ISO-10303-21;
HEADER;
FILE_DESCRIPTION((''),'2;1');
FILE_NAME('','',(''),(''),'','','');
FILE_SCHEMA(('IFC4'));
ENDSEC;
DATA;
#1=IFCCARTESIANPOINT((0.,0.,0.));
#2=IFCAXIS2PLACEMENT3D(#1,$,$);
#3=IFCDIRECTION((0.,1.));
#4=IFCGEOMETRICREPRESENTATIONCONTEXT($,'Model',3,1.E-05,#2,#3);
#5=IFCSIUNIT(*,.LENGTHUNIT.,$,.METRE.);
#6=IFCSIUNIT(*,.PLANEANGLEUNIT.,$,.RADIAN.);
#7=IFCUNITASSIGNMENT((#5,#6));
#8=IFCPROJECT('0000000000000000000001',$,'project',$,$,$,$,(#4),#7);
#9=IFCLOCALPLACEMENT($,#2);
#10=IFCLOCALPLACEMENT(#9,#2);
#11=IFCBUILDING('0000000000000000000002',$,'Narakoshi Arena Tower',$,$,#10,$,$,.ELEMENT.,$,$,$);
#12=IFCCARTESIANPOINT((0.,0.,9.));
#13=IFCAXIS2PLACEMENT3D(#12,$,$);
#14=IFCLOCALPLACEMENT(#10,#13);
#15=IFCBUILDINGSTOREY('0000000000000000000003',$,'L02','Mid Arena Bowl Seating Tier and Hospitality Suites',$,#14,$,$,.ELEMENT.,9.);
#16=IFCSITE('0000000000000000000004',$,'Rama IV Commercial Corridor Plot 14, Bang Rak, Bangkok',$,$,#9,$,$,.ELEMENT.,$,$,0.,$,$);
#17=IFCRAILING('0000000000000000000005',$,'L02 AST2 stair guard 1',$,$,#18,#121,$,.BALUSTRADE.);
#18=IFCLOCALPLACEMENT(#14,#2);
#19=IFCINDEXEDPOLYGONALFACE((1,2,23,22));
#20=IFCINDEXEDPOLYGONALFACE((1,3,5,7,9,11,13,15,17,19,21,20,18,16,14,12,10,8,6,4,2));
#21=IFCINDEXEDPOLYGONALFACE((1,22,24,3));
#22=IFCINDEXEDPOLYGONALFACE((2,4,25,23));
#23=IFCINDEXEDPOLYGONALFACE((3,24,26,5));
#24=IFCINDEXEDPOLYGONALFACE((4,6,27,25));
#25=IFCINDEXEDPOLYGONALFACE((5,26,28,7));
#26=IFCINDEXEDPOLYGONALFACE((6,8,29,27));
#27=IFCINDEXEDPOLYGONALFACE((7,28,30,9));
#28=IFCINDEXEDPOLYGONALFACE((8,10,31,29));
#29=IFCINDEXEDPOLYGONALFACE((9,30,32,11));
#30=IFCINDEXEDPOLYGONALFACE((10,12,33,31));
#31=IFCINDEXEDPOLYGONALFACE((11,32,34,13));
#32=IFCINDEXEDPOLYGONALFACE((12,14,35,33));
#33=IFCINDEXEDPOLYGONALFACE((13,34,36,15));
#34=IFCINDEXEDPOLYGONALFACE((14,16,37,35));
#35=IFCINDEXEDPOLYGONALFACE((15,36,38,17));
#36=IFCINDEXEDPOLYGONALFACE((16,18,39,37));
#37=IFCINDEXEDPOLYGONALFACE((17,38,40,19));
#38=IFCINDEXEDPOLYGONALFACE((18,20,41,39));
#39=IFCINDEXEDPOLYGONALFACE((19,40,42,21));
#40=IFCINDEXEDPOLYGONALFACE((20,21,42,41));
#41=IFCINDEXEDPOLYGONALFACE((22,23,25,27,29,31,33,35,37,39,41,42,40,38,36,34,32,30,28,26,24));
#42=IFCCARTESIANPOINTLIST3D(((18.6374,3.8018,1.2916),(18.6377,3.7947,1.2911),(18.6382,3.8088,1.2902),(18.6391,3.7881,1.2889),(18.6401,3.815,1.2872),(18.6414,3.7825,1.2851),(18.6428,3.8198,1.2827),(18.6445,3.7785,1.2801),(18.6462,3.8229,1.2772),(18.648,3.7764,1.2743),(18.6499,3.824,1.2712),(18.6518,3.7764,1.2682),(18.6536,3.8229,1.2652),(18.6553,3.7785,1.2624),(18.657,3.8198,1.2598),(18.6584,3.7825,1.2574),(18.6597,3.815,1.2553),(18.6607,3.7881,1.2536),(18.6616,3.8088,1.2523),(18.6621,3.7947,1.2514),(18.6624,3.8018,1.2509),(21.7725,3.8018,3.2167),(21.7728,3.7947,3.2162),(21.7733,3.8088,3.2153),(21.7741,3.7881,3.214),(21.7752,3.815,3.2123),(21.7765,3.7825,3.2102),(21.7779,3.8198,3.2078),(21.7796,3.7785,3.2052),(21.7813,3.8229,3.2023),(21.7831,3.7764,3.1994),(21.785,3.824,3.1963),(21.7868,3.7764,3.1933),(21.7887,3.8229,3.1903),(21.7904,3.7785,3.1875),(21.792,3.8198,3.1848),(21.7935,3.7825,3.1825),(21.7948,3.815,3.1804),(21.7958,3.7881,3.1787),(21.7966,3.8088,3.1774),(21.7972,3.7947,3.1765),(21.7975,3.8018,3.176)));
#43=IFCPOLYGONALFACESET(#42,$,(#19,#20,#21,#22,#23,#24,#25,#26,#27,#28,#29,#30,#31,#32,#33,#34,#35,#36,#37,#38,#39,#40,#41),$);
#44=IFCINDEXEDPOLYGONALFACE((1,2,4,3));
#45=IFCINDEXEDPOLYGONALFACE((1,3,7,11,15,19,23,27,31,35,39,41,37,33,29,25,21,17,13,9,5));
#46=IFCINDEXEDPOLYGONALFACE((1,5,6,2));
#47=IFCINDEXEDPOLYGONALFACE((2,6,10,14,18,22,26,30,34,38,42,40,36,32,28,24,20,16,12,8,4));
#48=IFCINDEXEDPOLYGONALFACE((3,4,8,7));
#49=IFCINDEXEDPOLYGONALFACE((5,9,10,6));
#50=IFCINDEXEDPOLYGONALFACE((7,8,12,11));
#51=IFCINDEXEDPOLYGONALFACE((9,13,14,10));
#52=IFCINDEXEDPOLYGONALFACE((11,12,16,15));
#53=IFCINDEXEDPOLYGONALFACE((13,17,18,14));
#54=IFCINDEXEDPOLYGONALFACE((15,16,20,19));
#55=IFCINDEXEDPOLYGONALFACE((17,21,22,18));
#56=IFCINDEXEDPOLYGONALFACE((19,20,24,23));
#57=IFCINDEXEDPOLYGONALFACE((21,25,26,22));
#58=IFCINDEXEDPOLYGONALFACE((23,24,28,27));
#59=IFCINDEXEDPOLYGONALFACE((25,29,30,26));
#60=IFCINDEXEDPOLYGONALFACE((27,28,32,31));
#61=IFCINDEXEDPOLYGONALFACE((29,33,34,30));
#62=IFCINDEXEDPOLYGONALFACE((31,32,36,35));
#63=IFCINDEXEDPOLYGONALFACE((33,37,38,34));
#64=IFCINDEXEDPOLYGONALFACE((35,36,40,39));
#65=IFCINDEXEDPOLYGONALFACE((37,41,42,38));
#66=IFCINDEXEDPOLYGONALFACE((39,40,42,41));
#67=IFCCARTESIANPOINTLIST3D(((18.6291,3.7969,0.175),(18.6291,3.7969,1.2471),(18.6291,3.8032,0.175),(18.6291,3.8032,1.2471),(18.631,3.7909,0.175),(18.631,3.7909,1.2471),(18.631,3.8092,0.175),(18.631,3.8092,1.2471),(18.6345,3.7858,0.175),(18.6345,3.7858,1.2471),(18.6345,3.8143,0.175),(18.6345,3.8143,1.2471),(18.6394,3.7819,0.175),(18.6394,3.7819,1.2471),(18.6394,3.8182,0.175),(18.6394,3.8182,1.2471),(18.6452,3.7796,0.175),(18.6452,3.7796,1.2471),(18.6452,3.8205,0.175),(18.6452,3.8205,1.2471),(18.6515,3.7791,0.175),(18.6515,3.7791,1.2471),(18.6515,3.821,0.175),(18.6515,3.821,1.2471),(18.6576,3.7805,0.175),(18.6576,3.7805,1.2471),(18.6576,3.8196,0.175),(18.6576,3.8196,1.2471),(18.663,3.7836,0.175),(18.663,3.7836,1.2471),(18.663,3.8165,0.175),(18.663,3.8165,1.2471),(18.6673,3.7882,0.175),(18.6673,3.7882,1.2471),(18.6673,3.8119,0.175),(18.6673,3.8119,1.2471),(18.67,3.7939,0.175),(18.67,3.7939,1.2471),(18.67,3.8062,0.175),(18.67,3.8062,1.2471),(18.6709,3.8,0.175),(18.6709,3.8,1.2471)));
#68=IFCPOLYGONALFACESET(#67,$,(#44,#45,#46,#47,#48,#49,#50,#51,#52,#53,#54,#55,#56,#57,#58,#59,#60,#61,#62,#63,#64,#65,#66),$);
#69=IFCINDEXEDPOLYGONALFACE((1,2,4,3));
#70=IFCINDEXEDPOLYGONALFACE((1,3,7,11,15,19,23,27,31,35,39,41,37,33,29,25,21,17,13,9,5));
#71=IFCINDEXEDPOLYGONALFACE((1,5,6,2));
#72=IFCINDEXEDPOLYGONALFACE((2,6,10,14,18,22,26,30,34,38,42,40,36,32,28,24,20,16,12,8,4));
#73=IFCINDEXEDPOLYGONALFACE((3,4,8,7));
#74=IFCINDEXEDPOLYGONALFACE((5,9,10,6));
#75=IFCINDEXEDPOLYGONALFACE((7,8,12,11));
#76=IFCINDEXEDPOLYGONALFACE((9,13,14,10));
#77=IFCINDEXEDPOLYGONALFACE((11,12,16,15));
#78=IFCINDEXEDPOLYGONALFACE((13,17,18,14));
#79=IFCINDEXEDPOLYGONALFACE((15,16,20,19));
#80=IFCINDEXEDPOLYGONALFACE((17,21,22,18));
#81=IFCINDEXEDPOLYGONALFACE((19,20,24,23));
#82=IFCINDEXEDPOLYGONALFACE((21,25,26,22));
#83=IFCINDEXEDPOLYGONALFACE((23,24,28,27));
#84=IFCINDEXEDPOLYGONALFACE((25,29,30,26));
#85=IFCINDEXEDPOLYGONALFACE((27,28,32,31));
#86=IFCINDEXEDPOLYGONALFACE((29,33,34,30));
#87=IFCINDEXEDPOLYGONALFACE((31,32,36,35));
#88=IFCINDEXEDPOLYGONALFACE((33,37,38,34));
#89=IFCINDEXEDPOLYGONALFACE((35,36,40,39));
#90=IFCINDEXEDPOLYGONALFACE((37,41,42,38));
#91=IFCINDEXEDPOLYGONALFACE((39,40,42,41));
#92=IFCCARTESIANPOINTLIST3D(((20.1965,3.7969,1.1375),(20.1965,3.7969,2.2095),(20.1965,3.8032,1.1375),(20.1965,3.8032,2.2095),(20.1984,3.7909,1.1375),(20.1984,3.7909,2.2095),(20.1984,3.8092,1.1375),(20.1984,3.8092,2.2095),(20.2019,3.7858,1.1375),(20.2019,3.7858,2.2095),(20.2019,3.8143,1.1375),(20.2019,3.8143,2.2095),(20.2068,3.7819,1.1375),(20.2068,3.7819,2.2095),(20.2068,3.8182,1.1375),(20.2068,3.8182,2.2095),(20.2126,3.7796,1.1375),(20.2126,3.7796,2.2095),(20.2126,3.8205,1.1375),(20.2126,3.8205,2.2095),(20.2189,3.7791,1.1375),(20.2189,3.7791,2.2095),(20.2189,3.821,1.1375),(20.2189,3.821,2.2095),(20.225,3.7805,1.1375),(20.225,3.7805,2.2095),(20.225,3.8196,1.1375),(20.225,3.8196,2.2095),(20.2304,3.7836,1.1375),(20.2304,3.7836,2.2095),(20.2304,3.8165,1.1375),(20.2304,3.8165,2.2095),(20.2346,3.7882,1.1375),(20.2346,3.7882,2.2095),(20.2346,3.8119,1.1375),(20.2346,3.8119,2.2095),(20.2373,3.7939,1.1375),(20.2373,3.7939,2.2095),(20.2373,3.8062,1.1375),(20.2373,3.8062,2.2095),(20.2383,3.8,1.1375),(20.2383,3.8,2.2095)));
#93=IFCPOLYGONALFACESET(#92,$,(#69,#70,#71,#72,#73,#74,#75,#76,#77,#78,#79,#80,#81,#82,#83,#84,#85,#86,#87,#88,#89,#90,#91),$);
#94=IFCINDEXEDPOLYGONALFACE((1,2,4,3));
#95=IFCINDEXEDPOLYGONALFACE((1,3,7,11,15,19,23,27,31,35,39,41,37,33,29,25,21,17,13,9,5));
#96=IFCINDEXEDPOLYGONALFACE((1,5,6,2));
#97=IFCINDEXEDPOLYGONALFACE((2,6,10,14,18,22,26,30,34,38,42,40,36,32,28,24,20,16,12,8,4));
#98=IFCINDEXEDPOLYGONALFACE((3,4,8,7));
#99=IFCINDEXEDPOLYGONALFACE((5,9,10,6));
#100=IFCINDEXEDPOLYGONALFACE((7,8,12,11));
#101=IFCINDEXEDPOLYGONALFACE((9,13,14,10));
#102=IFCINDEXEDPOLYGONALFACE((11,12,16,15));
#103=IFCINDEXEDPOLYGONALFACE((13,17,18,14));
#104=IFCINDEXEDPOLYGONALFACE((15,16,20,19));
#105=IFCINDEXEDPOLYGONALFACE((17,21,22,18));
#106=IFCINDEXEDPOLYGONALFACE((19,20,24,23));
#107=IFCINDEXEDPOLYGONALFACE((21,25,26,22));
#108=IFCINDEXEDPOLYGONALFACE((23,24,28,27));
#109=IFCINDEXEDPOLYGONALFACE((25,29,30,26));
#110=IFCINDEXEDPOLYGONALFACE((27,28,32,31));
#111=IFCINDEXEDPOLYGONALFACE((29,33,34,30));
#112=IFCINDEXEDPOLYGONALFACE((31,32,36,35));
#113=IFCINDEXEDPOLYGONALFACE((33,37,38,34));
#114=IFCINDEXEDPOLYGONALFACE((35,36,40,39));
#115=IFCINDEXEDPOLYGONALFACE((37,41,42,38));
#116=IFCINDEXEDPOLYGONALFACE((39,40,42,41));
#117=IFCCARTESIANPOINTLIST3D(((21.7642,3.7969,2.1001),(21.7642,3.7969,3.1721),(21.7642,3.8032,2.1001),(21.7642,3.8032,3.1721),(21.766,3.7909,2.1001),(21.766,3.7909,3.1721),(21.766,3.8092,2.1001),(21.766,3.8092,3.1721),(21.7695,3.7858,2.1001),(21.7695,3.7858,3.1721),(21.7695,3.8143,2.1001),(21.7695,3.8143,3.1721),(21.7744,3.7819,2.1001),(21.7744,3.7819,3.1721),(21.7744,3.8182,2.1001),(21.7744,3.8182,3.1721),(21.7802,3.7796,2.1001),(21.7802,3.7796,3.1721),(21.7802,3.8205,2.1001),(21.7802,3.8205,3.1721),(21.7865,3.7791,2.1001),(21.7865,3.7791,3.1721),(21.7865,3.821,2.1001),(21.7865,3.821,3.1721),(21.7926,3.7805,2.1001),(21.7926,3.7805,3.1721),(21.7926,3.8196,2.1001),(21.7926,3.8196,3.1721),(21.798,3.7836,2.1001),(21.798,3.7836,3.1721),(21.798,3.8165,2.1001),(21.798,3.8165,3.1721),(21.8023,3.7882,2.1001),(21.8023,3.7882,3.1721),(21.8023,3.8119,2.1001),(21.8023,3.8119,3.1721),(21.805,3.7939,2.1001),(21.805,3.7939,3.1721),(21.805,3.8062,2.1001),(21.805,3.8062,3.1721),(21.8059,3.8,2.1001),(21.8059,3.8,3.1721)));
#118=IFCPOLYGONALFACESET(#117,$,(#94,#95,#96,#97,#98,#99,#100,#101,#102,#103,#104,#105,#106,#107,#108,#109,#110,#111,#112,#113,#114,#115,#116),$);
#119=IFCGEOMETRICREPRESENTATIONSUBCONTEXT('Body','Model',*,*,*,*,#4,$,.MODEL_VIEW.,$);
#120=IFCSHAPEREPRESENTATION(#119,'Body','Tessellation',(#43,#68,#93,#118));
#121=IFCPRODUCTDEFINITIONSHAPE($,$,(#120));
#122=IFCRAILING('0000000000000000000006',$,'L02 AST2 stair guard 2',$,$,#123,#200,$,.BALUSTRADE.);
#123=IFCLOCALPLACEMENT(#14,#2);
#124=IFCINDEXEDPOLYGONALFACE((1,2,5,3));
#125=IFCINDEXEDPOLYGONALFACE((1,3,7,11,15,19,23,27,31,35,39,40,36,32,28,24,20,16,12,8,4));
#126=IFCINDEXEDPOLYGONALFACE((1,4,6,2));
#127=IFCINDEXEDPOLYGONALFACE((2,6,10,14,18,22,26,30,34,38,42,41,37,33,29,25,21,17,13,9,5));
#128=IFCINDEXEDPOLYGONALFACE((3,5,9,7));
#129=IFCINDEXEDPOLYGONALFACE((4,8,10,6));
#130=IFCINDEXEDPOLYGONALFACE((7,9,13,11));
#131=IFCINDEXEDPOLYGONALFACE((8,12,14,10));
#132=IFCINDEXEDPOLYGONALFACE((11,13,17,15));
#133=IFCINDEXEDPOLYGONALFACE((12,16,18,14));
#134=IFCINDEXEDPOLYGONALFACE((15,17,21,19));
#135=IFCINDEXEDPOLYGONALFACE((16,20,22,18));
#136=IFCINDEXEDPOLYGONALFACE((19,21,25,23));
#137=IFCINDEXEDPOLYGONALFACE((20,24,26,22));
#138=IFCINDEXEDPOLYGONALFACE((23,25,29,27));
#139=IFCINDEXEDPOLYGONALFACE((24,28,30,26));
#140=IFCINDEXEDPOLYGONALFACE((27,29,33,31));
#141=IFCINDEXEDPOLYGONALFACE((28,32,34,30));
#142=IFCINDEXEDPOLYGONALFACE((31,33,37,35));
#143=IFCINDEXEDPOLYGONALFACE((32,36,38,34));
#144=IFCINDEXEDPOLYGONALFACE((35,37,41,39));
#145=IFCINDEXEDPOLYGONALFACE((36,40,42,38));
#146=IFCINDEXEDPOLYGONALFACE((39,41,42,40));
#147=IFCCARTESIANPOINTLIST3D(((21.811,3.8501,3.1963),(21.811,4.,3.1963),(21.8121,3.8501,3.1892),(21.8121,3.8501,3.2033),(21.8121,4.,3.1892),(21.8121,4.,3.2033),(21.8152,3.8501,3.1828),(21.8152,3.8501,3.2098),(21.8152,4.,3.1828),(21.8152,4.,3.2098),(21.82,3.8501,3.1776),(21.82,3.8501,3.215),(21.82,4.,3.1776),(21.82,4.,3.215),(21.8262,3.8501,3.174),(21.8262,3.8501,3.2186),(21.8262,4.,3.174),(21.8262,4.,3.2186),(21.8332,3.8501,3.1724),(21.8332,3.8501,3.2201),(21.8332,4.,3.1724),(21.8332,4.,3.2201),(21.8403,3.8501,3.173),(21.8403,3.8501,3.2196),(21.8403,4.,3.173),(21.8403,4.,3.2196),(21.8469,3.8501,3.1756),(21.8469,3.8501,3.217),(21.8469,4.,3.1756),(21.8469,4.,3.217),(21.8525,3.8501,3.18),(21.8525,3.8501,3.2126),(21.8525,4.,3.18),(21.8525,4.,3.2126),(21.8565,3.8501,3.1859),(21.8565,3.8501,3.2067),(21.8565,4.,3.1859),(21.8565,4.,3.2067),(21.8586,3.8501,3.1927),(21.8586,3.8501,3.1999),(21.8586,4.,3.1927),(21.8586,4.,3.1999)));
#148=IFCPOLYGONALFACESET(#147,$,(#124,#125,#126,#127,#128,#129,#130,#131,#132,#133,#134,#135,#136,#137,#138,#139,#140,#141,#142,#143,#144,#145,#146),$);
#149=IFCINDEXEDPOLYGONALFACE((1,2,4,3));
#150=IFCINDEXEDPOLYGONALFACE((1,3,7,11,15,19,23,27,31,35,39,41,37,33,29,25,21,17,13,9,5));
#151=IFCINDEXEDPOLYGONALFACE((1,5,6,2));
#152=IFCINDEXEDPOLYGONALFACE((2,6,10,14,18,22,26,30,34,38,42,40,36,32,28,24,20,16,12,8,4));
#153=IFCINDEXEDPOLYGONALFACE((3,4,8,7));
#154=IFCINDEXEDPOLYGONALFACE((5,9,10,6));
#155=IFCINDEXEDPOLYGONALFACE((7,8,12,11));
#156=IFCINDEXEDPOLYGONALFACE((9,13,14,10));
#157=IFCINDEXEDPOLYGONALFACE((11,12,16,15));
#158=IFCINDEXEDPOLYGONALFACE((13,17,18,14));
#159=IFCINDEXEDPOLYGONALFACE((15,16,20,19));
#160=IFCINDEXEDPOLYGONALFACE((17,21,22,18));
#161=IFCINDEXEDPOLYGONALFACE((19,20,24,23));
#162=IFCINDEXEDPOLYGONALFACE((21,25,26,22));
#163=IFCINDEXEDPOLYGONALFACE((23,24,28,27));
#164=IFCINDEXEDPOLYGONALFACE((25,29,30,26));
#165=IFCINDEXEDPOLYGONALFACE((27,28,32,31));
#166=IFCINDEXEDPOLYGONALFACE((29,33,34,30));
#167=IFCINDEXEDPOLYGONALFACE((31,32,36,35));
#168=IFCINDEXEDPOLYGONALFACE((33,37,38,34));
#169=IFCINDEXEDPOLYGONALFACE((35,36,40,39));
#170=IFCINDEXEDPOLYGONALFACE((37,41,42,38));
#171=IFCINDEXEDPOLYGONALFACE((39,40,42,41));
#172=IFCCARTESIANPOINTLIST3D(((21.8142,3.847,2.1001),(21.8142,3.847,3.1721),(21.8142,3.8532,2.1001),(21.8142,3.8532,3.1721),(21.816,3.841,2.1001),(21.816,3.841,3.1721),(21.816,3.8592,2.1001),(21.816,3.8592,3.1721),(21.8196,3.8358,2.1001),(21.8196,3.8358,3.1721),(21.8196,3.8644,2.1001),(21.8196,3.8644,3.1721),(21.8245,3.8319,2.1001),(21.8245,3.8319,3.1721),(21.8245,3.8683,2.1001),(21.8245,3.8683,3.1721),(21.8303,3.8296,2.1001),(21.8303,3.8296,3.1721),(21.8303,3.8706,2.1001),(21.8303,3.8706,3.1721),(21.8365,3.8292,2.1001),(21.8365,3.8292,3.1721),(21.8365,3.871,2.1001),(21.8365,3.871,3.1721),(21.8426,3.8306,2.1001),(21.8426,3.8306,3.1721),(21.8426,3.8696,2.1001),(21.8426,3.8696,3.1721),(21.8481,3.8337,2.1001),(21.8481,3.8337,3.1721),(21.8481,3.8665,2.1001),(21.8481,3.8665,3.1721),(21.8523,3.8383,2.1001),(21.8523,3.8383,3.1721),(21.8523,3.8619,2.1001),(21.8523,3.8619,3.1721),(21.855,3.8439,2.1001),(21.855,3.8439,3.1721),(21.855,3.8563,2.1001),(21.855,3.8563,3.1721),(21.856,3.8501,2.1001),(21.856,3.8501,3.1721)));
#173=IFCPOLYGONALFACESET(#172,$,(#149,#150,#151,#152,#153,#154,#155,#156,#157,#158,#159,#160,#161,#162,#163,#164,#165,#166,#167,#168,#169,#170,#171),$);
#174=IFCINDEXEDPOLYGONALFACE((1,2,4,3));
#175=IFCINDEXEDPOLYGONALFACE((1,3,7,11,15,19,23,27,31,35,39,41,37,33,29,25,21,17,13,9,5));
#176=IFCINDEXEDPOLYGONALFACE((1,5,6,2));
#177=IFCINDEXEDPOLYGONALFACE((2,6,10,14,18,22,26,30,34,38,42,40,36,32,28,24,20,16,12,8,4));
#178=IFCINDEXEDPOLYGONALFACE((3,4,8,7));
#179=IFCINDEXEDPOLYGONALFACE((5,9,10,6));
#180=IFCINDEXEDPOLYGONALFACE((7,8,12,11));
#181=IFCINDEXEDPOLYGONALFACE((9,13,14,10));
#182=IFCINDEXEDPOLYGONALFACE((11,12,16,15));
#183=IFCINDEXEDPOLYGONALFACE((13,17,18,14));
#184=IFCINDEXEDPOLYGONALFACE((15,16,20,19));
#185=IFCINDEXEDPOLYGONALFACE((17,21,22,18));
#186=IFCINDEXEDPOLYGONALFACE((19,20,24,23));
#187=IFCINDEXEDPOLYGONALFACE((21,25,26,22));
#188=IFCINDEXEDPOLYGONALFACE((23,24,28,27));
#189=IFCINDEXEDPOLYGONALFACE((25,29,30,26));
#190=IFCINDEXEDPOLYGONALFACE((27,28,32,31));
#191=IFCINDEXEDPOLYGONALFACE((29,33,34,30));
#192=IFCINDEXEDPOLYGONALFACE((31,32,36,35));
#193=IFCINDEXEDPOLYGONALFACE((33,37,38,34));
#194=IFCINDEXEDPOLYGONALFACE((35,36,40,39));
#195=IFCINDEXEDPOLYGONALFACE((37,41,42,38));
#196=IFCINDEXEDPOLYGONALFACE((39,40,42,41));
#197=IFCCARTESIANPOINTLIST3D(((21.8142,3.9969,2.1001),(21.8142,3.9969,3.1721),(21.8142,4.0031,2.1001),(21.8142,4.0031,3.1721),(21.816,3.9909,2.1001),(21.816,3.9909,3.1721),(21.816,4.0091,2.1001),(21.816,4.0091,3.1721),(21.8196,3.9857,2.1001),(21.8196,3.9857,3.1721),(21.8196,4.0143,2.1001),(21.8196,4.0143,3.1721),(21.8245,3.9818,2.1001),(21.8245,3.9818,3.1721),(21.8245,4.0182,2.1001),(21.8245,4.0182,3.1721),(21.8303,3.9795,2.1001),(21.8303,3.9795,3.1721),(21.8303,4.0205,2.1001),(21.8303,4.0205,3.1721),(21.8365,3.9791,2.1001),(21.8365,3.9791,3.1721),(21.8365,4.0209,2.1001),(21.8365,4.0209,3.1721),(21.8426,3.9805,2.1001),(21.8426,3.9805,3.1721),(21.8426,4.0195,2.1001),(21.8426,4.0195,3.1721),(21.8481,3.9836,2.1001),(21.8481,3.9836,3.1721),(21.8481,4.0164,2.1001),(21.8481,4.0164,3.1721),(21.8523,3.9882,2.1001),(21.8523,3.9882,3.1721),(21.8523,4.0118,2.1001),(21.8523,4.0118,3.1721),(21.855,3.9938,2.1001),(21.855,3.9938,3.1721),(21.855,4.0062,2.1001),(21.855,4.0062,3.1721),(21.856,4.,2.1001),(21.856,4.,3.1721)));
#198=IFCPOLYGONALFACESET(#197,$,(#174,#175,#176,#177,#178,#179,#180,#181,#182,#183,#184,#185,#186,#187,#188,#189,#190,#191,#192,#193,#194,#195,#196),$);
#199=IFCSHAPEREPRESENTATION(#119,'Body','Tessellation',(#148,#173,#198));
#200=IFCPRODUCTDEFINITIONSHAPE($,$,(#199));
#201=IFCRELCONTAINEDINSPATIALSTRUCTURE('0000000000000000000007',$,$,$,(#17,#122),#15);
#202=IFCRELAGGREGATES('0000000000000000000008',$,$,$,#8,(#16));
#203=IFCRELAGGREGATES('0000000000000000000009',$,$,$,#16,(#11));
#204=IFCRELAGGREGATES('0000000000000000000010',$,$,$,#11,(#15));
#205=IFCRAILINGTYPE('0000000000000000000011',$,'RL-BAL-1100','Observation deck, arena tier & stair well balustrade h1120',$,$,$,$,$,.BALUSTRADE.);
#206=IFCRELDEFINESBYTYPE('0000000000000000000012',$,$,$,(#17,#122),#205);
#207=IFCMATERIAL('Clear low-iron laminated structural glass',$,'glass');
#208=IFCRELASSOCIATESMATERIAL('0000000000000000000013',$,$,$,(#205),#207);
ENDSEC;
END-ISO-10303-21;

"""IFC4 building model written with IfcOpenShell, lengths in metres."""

from ifc_helpers import new_model, si_unit, direction, frame, origin, origin_2d, place, context, subcontext, project, spatial, circle, extrude, material, type_object, element, save


model = new_model("IFC4")

# Units and contexts
model_context = context("Model", 3, precision=1e-05, world=origin(), true_north=direction((0.0, 1.0)))
body_context = subcontext(model_context, "Body", "Model", "MODEL_VIEW")
ifc_project = project(units=[si_unit("LENGTHUNIT", "METRE"), si_unit("PLANEANGLEUNIT", "RADIAN")], contexts=[model_context])

# Site, building, storey
site_placement = place(None, origin())
site = spatial("IfcSite", under=ifc_project, at=site_placement, Name="Rama IV Commercial Corridor Plot 14, Bang Rak, Bangkok", CompositionType="ELEMENT", RefElevation=0.0)
building_placement = place(site_placement, origin())
building = spatial("IfcBuilding", under=site, at=building_placement, Name="Narakoshi Arena Tower", CompositionType="ELEMENT")
storey_placement = place(building_placement, frame((0.0, 0.0, 9.0)))
storey = spatial("IfcBuildingStorey", under=building, at=storey_placement, Name="L02", Description="Mid Arena Bowl Seating Tier and Hospitality Suites", CompositionType="ELEMENT", Elevation=9.0)

# Railings
ifc_material_1 = material(Name="Clear low-iron laminated structural glass", Category="glass")
railing_type_1 = type_object("IfcRailingType", Name="RL-BAL-1100", Description="Observation deck, arena tier & stair well balustrade h1120", PredefinedType="BALUSTRADE", material=ifc_material_1)
railing_1_placement = place(storey_placement, frame((18.6499, 3.8, 0.175)))
element("IfcRailing", 1, at=railing_1_placement, inside=storey, type_object=railing_type_1, Name="L02 AST2 stair guard 1", PredefinedType="BALUSTRADE", context=body_context, shape_type="SweptSolid", body=[
    extrude(circle(Radius=0.0239, at=origin_2d()), frame((0.0, 0.0, 1.0962), z_axis=(0.852166, 0.0, 0.523271), x_axis=(0.0, 1.0, 0.0)), (0.0, 0.0, 1.0), 3.679),
    extrude(circle(Radius=0.021, at=origin_2d()), origin(), (0.0, 0.0, 1.0), 1.072),
    extrude(circle(Radius=0.021, at=origin_2d()), frame((1.5674, 0.0, 0.9624)), (0.0, 0.0, 1.0), 1.072),
    extrude(circle(Radius=0.021, at=origin_2d()), frame((3.135, 0.0, 1.925)), (0.0, 0.0, 1.0), 1.072),
])
railing_2_placement = place(storey_placement, frame((21.835, 3.8501, 2.1001)))
element("IfcRailing", 2, at=railing_2_placement, inside=storey, type_object=railing_type_1, Name="L02 AST2 stair guard 2", PredefinedType="BALUSTRADE", context=body_context, shape_type="SweptSolid", body=[
    extrude(circle(Radius=0.0239, at=origin_2d()), frame((0.0, 0.0, 1.0962), z_axis=(0.0, 1.0, 0.0), x_axis=(-1.0, 0.0, 0.0)), (0.0, 0.0, 1.0), 0.1499),
    extrude(circle(Radius=0.021, at=origin_2d()), origin(), (0.0, 0.0, 1.0), 1.072),
    extrude(circle(Radius=0.021, at=origin_2d()), frame((0.0, 0.1499, 0.0)), (0.0, 0.0, 1.0), 1.072),
])

save(model, "model.ifc")
